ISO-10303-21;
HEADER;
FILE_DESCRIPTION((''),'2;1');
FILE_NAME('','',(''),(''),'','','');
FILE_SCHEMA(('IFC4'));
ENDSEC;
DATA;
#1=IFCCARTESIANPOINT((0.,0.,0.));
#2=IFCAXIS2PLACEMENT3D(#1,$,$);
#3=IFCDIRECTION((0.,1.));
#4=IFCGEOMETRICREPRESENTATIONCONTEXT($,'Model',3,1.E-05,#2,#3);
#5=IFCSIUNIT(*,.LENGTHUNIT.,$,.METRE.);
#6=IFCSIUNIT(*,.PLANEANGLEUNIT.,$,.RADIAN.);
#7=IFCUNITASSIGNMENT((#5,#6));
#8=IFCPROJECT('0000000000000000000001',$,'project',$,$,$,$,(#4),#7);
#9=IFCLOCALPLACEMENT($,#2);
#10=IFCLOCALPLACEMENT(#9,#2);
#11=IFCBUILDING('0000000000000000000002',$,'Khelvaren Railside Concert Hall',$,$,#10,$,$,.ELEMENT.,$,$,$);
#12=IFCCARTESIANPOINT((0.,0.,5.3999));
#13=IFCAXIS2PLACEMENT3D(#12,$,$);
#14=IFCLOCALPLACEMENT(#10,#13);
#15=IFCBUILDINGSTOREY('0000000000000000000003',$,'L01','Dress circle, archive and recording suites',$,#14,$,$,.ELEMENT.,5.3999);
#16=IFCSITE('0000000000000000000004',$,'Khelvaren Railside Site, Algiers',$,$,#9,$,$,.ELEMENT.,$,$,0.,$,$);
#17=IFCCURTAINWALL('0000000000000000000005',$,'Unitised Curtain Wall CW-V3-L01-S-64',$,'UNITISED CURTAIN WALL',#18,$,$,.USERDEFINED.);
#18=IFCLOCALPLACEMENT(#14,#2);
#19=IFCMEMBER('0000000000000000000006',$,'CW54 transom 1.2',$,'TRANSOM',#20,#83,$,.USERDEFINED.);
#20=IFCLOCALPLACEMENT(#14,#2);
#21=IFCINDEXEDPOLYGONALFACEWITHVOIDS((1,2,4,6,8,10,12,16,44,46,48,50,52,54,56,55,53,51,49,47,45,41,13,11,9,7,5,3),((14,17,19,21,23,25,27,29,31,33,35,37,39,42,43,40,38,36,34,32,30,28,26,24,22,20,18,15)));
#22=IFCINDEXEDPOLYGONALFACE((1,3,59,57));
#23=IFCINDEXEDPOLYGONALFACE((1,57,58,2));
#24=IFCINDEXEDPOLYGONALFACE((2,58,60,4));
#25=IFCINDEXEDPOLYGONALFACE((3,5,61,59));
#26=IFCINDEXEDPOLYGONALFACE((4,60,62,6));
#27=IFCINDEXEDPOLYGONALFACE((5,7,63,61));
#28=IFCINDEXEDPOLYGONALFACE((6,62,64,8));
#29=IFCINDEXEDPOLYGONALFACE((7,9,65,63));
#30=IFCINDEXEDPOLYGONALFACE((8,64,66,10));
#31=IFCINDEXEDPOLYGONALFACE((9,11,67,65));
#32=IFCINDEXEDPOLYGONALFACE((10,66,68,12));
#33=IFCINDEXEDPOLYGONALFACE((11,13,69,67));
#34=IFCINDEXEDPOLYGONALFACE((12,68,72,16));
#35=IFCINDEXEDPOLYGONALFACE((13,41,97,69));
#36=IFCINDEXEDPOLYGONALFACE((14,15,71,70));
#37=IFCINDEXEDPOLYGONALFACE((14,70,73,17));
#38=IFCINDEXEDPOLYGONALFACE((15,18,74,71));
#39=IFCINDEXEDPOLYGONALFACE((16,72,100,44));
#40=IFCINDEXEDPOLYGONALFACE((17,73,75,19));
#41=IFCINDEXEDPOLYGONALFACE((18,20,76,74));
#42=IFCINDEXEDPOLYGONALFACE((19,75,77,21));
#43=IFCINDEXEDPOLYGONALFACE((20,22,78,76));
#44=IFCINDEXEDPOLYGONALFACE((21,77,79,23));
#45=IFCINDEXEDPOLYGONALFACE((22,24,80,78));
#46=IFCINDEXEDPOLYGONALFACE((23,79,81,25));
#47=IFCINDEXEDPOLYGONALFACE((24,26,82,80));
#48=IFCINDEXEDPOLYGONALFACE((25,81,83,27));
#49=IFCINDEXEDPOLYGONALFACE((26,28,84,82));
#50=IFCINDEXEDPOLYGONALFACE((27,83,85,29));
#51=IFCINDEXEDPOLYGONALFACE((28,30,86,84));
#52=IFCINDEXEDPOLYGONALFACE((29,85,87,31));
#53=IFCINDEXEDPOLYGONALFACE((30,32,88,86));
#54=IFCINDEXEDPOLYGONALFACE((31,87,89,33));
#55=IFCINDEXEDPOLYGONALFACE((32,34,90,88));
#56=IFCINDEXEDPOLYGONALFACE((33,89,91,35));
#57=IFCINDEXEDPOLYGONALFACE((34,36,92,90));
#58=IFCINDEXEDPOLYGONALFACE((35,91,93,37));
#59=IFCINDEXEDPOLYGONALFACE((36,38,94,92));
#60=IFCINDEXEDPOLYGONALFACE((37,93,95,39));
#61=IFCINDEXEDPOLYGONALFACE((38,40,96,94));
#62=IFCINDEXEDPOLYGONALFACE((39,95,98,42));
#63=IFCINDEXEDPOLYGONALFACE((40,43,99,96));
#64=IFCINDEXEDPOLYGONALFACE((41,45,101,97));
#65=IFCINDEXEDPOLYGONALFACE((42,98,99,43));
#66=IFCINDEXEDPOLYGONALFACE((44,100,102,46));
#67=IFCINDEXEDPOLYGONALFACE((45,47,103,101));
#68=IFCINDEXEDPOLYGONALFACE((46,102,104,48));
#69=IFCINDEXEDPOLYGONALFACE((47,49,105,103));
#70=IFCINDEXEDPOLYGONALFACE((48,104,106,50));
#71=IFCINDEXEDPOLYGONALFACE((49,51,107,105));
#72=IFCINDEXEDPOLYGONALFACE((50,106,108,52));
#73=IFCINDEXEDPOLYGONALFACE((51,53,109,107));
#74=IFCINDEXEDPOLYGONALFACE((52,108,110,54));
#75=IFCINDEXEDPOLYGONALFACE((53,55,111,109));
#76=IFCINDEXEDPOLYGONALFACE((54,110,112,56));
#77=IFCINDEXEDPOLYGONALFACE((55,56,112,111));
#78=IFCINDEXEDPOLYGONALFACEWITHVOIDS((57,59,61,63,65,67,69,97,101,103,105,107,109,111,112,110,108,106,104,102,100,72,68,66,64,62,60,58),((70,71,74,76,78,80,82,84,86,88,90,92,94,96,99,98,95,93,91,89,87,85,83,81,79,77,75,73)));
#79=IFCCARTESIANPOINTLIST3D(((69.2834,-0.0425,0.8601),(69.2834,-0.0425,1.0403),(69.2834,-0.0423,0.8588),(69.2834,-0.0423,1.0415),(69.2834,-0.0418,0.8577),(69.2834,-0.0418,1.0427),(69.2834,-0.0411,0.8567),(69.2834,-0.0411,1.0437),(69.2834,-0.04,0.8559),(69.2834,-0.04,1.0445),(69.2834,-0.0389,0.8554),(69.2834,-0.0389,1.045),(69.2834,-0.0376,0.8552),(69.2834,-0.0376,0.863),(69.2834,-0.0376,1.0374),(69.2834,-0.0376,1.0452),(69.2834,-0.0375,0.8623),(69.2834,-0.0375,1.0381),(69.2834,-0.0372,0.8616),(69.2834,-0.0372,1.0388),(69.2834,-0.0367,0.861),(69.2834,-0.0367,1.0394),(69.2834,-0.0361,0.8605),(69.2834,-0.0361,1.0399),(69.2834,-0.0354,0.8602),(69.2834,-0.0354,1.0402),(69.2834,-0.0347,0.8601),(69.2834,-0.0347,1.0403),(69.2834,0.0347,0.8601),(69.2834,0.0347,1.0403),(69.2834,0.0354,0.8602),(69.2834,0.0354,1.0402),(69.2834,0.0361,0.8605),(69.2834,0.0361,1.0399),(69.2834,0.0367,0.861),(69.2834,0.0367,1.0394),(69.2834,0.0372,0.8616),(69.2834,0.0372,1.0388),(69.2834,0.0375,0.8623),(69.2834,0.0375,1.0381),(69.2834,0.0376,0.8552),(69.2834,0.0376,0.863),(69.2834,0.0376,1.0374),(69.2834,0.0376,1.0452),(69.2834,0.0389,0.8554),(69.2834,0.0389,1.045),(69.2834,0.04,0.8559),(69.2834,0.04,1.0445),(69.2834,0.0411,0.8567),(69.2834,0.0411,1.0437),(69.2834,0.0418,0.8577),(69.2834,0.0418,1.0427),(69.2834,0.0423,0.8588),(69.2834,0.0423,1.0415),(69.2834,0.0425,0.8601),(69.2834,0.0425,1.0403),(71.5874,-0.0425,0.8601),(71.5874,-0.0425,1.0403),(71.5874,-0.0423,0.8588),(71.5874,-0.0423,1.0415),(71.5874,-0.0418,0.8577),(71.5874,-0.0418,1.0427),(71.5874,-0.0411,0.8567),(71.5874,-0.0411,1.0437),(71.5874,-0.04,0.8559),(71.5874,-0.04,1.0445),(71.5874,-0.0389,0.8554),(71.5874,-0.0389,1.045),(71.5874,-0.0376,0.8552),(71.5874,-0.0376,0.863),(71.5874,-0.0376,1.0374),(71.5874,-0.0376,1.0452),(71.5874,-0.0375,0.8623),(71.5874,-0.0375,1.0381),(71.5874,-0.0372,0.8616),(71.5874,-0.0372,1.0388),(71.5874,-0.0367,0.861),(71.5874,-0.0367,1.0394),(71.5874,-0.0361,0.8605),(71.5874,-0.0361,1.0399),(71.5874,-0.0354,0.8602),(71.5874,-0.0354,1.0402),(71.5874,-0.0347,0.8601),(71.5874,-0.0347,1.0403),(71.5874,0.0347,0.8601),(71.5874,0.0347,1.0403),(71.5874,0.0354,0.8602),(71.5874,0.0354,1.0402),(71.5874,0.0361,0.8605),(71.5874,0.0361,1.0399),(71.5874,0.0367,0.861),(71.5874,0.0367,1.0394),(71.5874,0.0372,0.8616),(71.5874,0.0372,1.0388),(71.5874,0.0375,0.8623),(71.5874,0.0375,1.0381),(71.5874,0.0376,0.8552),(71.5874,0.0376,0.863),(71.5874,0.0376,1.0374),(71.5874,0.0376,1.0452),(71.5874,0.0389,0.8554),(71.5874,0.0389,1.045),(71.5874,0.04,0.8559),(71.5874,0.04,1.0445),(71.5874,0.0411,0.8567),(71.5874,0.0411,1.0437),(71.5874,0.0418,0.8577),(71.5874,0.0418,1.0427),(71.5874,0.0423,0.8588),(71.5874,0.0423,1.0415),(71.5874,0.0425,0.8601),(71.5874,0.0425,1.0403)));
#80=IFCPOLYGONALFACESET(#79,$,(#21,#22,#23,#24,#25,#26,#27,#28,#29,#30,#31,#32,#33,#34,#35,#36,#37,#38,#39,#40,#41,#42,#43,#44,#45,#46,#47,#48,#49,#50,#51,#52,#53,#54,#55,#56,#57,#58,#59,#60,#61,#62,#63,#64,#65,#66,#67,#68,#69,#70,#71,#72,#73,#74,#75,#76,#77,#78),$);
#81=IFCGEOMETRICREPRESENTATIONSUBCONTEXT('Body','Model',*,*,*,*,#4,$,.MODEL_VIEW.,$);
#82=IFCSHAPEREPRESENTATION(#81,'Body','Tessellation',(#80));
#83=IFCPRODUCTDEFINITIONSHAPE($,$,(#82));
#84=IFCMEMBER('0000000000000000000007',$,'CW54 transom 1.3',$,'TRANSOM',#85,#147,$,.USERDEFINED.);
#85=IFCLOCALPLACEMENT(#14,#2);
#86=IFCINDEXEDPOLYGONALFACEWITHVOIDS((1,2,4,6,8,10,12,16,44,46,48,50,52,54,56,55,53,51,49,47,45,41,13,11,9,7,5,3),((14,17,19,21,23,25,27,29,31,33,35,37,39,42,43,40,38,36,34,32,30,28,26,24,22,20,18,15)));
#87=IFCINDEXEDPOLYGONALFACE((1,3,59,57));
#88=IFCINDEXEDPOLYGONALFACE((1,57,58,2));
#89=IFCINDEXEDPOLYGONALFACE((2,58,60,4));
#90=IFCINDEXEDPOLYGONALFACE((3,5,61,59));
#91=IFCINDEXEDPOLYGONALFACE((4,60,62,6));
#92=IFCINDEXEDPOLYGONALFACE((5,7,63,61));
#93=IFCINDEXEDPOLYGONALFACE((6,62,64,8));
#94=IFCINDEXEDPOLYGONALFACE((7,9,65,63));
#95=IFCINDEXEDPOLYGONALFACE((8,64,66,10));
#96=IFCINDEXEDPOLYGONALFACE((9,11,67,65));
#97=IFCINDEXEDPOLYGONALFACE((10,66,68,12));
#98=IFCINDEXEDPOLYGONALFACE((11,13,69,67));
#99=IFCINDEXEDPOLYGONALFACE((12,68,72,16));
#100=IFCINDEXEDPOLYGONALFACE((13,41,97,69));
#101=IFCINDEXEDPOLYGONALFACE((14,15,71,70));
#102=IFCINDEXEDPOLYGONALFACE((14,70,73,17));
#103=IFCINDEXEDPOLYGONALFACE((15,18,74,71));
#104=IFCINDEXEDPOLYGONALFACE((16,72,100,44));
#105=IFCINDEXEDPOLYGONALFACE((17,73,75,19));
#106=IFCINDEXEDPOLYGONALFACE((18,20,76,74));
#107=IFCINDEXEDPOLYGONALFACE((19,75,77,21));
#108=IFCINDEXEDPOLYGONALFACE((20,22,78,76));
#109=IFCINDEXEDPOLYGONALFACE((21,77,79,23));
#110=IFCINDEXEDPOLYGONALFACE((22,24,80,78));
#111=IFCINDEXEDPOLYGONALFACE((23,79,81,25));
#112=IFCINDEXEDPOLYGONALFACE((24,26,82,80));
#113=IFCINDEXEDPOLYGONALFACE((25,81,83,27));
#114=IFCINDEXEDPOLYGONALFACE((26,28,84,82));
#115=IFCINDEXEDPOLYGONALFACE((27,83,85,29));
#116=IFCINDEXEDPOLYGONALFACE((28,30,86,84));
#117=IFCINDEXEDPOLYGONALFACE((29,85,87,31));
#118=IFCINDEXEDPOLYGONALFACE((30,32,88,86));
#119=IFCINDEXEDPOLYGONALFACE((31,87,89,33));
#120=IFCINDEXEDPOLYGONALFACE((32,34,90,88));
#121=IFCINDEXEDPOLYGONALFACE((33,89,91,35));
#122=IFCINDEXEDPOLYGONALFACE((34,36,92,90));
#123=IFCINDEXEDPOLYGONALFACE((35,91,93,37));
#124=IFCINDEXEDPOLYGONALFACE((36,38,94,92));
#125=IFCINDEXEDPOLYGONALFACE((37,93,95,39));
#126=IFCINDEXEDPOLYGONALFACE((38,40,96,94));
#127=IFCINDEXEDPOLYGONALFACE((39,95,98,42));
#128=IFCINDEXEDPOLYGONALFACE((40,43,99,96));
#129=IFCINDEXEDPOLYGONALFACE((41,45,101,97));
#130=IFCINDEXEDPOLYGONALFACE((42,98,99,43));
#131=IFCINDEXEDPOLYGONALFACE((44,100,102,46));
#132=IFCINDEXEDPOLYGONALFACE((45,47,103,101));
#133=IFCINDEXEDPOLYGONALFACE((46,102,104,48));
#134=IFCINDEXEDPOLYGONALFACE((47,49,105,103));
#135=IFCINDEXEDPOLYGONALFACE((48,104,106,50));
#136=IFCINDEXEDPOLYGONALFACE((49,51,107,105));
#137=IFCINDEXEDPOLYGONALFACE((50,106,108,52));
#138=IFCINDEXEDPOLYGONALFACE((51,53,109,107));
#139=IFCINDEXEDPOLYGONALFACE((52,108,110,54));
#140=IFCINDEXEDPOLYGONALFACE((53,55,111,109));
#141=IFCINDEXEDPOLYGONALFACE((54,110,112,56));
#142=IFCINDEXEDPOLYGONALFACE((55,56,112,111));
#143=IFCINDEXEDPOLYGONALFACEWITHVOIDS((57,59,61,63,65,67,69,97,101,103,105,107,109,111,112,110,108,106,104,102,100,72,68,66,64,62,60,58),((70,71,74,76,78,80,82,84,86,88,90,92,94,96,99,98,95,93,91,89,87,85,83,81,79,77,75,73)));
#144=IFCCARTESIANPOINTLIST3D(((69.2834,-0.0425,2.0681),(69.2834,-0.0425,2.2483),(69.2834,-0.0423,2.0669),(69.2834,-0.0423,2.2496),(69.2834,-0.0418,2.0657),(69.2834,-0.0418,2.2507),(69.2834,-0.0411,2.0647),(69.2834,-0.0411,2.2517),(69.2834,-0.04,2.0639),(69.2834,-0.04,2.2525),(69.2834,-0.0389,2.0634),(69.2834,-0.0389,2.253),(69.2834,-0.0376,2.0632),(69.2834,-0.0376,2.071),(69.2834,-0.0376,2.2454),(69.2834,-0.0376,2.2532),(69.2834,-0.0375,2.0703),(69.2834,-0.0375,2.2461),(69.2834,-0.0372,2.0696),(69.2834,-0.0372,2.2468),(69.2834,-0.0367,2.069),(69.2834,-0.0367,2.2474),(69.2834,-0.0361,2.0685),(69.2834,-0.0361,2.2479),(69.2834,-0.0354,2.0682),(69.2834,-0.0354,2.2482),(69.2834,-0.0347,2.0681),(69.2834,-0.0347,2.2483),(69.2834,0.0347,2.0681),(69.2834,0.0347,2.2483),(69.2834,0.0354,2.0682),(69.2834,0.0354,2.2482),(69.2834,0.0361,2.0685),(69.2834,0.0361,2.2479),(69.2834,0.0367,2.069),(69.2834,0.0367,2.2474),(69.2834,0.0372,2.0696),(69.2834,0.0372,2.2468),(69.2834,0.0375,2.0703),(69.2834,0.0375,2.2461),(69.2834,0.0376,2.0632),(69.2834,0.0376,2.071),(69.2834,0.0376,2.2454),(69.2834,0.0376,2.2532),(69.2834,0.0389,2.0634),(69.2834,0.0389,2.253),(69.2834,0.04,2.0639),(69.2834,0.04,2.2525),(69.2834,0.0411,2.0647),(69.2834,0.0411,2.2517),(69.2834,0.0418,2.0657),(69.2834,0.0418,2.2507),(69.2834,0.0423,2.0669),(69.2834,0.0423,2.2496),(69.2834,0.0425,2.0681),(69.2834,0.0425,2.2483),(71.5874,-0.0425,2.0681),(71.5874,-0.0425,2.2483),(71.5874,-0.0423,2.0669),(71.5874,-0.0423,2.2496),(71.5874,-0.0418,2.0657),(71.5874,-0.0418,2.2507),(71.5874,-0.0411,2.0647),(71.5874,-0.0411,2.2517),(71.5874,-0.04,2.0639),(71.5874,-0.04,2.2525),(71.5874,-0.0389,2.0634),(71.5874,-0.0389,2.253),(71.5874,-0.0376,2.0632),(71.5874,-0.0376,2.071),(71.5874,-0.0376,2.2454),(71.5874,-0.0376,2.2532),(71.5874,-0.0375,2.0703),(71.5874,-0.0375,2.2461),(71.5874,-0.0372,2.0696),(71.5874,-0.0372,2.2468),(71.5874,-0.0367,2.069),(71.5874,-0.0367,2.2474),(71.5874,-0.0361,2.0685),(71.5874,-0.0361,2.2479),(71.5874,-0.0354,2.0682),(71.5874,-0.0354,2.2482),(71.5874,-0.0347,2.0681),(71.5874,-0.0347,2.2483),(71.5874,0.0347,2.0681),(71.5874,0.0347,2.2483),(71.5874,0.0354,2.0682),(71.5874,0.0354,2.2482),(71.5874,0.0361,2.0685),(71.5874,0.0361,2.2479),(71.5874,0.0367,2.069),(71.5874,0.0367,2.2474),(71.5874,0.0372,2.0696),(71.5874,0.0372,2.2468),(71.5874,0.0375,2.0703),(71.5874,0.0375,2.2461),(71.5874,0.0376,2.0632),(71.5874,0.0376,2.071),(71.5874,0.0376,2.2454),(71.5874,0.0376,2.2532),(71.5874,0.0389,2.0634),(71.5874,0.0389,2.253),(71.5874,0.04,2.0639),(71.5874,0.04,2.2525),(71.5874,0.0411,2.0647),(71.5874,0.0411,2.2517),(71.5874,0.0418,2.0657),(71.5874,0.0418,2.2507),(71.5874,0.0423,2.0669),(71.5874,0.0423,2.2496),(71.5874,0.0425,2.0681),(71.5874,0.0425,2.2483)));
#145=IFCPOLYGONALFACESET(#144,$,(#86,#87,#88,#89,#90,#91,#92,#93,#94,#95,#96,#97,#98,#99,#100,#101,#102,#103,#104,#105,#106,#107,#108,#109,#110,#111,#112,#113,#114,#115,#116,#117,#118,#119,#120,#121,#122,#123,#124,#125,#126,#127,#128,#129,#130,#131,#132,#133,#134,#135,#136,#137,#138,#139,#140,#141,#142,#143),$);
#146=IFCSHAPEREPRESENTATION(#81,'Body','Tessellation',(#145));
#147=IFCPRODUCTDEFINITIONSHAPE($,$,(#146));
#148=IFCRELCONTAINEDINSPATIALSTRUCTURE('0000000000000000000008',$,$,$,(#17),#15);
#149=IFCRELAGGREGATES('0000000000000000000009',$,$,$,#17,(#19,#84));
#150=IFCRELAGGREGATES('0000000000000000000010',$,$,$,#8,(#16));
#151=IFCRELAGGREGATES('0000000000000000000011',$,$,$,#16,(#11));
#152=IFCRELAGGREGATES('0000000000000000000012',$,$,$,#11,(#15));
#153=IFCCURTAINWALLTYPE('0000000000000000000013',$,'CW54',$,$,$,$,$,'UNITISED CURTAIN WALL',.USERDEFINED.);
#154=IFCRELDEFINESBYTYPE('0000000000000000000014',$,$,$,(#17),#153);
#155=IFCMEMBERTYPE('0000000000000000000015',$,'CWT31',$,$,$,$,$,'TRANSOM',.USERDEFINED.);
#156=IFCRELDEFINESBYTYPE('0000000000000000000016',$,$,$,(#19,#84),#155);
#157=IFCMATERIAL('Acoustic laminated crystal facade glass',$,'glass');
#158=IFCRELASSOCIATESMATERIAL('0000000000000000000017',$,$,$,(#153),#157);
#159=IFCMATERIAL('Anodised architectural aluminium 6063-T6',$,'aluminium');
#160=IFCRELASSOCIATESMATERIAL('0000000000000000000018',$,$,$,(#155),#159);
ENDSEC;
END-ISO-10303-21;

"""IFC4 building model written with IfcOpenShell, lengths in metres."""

from ifc_helpers import new_model, si_unit, direction, frame, origin, origin_2d, place, context, subcontext, project, spatial, hollow_rectangle, extrude, material, material_profile, profile_set, type_object, element, aggregate, save


model = new_model("IFC4")

# Units and contexts
model_context = context("Model", 3, precision=1e-05, world=origin(), true_north=direction((0.0, 1.0)))
body_context = subcontext(model_context, "Body", "Model", "MODEL_VIEW")
ifc_project = project(units=[si_unit("LENGTHUNIT", "METRE"), si_unit("PLANEANGLEUNIT", "RADIAN")], contexts=[model_context])

# Site, building, storey
site_placement = place(None, origin())
site = spatial("IfcSite", under=ifc_project, at=site_placement, Name="Khelvaren Railside Site, Algiers", CompositionType="ELEMENT", RefElevation=0.0)
building_placement = place(site_placement, origin())
building = spatial("IfcBuilding", under=site, at=building_placement, Name="Khelvaren Railside Concert Hall", CompositionType="ELEMENT")
storey_placement = place(building_placement, frame((0.0, 0.0, 5.3999)))
storey = spatial("IfcBuildingStorey", under=building, at=storey_placement, Name="L01", Description="Dress circle, archive and recording suites", CompositionType="ELEMENT", Elevation=5.3999)

# Curtain wall, members
ifc_material_1 = material(Name="Acoustic laminated crystal facade glass", Category="glass")
curtain_wall_type = type_object("IfcCurtainWallType", Name="CW54", ElementType="UNITISED CURTAIN WALL", PredefinedType="USERDEFINED", material=ifc_material_1)
curtain_wall_placement = place(storey_placement, origin())
curtain_wall = element("IfcCurtainWall", 1, at=curtain_wall_placement, inside=storey, type_object=curtain_wall_type, Name="Unitised Curtain Wall CW-V3-L01-S-64", ObjectType="UNITISED CURTAIN WALL", PredefinedType="USERDEFINED")
ifc_material_2 = material(Name="Anodised architectural aluminium 6063-T6", Category="aluminium")
ifc_material_profile_1 = material_profile(ifc_material_2, hollow_rectangle(XDim=0.085, YDim=0.1899, WallThickness=0.0049, InnerFilletRadius=0.0029, OuterFilletRadius=0.0049, at=origin_2d()), Name="CWT 85x190x5")
ifc_profile_set_1 = profile_set([ifc_material_profile_1], Name="Anodised architectural aluminium 6063-T6")
member_type_1 = type_object("IfcMemberType", Name="CWT31", ElementType="TRANSOM", PredefinedType="USERDEFINED", material=ifc_profile_set_1)
member_1_placement = place(storey_placement, frame((71.5874, 0.0, 0.9502), z_axis=(-1.0, 0.0, 0.0), x_axis=(0.0, -1.0, 0.0)))
member_1 = element("IfcMember", 2, at=member_1_placement, type_object=member_type_1, Name="CW54 transom 1.2", ObjectType="TRANSOM", PredefinedType="USERDEFINED", context=body_context, shape_type="SweptSolid", body=[
    extrude(hollow_rectangle(XDim=0.085, YDim=0.1899, WallThickness=0.0049, InnerFilletRadius=0.0029, OuterFilletRadius=0.0049, at=origin_2d()), origin(), (0.0, 0.0, 1.0), 2.304),
])
member_2_placement = place(storey_placement, frame((71.5874, 0.0, 2.1582), z_axis=(-1.0, 0.0, 0.0), x_axis=(0.0, -1.0, 0.0)))
member_2 = element("IfcMember", 3, at=member_2_placement, type_object=member_type_1, Name="CW54 transom 1.3", ObjectType="TRANSOM", PredefinedType="USERDEFINED", context=body_context, shape_type="SweptSolid", body=[
    extrude(hollow_rectangle(XDim=0.085, YDim=0.1899, WallThickness=0.0049, InnerFilletRadius=0.0029, OuterFilletRadius=0.0049, at=origin_2d()), origin(), (0.0, 0.0, 1.0), 2.304),
])

aggregate(curtain_wall, [member_1, member_2])

save(model, "model.ifc")
